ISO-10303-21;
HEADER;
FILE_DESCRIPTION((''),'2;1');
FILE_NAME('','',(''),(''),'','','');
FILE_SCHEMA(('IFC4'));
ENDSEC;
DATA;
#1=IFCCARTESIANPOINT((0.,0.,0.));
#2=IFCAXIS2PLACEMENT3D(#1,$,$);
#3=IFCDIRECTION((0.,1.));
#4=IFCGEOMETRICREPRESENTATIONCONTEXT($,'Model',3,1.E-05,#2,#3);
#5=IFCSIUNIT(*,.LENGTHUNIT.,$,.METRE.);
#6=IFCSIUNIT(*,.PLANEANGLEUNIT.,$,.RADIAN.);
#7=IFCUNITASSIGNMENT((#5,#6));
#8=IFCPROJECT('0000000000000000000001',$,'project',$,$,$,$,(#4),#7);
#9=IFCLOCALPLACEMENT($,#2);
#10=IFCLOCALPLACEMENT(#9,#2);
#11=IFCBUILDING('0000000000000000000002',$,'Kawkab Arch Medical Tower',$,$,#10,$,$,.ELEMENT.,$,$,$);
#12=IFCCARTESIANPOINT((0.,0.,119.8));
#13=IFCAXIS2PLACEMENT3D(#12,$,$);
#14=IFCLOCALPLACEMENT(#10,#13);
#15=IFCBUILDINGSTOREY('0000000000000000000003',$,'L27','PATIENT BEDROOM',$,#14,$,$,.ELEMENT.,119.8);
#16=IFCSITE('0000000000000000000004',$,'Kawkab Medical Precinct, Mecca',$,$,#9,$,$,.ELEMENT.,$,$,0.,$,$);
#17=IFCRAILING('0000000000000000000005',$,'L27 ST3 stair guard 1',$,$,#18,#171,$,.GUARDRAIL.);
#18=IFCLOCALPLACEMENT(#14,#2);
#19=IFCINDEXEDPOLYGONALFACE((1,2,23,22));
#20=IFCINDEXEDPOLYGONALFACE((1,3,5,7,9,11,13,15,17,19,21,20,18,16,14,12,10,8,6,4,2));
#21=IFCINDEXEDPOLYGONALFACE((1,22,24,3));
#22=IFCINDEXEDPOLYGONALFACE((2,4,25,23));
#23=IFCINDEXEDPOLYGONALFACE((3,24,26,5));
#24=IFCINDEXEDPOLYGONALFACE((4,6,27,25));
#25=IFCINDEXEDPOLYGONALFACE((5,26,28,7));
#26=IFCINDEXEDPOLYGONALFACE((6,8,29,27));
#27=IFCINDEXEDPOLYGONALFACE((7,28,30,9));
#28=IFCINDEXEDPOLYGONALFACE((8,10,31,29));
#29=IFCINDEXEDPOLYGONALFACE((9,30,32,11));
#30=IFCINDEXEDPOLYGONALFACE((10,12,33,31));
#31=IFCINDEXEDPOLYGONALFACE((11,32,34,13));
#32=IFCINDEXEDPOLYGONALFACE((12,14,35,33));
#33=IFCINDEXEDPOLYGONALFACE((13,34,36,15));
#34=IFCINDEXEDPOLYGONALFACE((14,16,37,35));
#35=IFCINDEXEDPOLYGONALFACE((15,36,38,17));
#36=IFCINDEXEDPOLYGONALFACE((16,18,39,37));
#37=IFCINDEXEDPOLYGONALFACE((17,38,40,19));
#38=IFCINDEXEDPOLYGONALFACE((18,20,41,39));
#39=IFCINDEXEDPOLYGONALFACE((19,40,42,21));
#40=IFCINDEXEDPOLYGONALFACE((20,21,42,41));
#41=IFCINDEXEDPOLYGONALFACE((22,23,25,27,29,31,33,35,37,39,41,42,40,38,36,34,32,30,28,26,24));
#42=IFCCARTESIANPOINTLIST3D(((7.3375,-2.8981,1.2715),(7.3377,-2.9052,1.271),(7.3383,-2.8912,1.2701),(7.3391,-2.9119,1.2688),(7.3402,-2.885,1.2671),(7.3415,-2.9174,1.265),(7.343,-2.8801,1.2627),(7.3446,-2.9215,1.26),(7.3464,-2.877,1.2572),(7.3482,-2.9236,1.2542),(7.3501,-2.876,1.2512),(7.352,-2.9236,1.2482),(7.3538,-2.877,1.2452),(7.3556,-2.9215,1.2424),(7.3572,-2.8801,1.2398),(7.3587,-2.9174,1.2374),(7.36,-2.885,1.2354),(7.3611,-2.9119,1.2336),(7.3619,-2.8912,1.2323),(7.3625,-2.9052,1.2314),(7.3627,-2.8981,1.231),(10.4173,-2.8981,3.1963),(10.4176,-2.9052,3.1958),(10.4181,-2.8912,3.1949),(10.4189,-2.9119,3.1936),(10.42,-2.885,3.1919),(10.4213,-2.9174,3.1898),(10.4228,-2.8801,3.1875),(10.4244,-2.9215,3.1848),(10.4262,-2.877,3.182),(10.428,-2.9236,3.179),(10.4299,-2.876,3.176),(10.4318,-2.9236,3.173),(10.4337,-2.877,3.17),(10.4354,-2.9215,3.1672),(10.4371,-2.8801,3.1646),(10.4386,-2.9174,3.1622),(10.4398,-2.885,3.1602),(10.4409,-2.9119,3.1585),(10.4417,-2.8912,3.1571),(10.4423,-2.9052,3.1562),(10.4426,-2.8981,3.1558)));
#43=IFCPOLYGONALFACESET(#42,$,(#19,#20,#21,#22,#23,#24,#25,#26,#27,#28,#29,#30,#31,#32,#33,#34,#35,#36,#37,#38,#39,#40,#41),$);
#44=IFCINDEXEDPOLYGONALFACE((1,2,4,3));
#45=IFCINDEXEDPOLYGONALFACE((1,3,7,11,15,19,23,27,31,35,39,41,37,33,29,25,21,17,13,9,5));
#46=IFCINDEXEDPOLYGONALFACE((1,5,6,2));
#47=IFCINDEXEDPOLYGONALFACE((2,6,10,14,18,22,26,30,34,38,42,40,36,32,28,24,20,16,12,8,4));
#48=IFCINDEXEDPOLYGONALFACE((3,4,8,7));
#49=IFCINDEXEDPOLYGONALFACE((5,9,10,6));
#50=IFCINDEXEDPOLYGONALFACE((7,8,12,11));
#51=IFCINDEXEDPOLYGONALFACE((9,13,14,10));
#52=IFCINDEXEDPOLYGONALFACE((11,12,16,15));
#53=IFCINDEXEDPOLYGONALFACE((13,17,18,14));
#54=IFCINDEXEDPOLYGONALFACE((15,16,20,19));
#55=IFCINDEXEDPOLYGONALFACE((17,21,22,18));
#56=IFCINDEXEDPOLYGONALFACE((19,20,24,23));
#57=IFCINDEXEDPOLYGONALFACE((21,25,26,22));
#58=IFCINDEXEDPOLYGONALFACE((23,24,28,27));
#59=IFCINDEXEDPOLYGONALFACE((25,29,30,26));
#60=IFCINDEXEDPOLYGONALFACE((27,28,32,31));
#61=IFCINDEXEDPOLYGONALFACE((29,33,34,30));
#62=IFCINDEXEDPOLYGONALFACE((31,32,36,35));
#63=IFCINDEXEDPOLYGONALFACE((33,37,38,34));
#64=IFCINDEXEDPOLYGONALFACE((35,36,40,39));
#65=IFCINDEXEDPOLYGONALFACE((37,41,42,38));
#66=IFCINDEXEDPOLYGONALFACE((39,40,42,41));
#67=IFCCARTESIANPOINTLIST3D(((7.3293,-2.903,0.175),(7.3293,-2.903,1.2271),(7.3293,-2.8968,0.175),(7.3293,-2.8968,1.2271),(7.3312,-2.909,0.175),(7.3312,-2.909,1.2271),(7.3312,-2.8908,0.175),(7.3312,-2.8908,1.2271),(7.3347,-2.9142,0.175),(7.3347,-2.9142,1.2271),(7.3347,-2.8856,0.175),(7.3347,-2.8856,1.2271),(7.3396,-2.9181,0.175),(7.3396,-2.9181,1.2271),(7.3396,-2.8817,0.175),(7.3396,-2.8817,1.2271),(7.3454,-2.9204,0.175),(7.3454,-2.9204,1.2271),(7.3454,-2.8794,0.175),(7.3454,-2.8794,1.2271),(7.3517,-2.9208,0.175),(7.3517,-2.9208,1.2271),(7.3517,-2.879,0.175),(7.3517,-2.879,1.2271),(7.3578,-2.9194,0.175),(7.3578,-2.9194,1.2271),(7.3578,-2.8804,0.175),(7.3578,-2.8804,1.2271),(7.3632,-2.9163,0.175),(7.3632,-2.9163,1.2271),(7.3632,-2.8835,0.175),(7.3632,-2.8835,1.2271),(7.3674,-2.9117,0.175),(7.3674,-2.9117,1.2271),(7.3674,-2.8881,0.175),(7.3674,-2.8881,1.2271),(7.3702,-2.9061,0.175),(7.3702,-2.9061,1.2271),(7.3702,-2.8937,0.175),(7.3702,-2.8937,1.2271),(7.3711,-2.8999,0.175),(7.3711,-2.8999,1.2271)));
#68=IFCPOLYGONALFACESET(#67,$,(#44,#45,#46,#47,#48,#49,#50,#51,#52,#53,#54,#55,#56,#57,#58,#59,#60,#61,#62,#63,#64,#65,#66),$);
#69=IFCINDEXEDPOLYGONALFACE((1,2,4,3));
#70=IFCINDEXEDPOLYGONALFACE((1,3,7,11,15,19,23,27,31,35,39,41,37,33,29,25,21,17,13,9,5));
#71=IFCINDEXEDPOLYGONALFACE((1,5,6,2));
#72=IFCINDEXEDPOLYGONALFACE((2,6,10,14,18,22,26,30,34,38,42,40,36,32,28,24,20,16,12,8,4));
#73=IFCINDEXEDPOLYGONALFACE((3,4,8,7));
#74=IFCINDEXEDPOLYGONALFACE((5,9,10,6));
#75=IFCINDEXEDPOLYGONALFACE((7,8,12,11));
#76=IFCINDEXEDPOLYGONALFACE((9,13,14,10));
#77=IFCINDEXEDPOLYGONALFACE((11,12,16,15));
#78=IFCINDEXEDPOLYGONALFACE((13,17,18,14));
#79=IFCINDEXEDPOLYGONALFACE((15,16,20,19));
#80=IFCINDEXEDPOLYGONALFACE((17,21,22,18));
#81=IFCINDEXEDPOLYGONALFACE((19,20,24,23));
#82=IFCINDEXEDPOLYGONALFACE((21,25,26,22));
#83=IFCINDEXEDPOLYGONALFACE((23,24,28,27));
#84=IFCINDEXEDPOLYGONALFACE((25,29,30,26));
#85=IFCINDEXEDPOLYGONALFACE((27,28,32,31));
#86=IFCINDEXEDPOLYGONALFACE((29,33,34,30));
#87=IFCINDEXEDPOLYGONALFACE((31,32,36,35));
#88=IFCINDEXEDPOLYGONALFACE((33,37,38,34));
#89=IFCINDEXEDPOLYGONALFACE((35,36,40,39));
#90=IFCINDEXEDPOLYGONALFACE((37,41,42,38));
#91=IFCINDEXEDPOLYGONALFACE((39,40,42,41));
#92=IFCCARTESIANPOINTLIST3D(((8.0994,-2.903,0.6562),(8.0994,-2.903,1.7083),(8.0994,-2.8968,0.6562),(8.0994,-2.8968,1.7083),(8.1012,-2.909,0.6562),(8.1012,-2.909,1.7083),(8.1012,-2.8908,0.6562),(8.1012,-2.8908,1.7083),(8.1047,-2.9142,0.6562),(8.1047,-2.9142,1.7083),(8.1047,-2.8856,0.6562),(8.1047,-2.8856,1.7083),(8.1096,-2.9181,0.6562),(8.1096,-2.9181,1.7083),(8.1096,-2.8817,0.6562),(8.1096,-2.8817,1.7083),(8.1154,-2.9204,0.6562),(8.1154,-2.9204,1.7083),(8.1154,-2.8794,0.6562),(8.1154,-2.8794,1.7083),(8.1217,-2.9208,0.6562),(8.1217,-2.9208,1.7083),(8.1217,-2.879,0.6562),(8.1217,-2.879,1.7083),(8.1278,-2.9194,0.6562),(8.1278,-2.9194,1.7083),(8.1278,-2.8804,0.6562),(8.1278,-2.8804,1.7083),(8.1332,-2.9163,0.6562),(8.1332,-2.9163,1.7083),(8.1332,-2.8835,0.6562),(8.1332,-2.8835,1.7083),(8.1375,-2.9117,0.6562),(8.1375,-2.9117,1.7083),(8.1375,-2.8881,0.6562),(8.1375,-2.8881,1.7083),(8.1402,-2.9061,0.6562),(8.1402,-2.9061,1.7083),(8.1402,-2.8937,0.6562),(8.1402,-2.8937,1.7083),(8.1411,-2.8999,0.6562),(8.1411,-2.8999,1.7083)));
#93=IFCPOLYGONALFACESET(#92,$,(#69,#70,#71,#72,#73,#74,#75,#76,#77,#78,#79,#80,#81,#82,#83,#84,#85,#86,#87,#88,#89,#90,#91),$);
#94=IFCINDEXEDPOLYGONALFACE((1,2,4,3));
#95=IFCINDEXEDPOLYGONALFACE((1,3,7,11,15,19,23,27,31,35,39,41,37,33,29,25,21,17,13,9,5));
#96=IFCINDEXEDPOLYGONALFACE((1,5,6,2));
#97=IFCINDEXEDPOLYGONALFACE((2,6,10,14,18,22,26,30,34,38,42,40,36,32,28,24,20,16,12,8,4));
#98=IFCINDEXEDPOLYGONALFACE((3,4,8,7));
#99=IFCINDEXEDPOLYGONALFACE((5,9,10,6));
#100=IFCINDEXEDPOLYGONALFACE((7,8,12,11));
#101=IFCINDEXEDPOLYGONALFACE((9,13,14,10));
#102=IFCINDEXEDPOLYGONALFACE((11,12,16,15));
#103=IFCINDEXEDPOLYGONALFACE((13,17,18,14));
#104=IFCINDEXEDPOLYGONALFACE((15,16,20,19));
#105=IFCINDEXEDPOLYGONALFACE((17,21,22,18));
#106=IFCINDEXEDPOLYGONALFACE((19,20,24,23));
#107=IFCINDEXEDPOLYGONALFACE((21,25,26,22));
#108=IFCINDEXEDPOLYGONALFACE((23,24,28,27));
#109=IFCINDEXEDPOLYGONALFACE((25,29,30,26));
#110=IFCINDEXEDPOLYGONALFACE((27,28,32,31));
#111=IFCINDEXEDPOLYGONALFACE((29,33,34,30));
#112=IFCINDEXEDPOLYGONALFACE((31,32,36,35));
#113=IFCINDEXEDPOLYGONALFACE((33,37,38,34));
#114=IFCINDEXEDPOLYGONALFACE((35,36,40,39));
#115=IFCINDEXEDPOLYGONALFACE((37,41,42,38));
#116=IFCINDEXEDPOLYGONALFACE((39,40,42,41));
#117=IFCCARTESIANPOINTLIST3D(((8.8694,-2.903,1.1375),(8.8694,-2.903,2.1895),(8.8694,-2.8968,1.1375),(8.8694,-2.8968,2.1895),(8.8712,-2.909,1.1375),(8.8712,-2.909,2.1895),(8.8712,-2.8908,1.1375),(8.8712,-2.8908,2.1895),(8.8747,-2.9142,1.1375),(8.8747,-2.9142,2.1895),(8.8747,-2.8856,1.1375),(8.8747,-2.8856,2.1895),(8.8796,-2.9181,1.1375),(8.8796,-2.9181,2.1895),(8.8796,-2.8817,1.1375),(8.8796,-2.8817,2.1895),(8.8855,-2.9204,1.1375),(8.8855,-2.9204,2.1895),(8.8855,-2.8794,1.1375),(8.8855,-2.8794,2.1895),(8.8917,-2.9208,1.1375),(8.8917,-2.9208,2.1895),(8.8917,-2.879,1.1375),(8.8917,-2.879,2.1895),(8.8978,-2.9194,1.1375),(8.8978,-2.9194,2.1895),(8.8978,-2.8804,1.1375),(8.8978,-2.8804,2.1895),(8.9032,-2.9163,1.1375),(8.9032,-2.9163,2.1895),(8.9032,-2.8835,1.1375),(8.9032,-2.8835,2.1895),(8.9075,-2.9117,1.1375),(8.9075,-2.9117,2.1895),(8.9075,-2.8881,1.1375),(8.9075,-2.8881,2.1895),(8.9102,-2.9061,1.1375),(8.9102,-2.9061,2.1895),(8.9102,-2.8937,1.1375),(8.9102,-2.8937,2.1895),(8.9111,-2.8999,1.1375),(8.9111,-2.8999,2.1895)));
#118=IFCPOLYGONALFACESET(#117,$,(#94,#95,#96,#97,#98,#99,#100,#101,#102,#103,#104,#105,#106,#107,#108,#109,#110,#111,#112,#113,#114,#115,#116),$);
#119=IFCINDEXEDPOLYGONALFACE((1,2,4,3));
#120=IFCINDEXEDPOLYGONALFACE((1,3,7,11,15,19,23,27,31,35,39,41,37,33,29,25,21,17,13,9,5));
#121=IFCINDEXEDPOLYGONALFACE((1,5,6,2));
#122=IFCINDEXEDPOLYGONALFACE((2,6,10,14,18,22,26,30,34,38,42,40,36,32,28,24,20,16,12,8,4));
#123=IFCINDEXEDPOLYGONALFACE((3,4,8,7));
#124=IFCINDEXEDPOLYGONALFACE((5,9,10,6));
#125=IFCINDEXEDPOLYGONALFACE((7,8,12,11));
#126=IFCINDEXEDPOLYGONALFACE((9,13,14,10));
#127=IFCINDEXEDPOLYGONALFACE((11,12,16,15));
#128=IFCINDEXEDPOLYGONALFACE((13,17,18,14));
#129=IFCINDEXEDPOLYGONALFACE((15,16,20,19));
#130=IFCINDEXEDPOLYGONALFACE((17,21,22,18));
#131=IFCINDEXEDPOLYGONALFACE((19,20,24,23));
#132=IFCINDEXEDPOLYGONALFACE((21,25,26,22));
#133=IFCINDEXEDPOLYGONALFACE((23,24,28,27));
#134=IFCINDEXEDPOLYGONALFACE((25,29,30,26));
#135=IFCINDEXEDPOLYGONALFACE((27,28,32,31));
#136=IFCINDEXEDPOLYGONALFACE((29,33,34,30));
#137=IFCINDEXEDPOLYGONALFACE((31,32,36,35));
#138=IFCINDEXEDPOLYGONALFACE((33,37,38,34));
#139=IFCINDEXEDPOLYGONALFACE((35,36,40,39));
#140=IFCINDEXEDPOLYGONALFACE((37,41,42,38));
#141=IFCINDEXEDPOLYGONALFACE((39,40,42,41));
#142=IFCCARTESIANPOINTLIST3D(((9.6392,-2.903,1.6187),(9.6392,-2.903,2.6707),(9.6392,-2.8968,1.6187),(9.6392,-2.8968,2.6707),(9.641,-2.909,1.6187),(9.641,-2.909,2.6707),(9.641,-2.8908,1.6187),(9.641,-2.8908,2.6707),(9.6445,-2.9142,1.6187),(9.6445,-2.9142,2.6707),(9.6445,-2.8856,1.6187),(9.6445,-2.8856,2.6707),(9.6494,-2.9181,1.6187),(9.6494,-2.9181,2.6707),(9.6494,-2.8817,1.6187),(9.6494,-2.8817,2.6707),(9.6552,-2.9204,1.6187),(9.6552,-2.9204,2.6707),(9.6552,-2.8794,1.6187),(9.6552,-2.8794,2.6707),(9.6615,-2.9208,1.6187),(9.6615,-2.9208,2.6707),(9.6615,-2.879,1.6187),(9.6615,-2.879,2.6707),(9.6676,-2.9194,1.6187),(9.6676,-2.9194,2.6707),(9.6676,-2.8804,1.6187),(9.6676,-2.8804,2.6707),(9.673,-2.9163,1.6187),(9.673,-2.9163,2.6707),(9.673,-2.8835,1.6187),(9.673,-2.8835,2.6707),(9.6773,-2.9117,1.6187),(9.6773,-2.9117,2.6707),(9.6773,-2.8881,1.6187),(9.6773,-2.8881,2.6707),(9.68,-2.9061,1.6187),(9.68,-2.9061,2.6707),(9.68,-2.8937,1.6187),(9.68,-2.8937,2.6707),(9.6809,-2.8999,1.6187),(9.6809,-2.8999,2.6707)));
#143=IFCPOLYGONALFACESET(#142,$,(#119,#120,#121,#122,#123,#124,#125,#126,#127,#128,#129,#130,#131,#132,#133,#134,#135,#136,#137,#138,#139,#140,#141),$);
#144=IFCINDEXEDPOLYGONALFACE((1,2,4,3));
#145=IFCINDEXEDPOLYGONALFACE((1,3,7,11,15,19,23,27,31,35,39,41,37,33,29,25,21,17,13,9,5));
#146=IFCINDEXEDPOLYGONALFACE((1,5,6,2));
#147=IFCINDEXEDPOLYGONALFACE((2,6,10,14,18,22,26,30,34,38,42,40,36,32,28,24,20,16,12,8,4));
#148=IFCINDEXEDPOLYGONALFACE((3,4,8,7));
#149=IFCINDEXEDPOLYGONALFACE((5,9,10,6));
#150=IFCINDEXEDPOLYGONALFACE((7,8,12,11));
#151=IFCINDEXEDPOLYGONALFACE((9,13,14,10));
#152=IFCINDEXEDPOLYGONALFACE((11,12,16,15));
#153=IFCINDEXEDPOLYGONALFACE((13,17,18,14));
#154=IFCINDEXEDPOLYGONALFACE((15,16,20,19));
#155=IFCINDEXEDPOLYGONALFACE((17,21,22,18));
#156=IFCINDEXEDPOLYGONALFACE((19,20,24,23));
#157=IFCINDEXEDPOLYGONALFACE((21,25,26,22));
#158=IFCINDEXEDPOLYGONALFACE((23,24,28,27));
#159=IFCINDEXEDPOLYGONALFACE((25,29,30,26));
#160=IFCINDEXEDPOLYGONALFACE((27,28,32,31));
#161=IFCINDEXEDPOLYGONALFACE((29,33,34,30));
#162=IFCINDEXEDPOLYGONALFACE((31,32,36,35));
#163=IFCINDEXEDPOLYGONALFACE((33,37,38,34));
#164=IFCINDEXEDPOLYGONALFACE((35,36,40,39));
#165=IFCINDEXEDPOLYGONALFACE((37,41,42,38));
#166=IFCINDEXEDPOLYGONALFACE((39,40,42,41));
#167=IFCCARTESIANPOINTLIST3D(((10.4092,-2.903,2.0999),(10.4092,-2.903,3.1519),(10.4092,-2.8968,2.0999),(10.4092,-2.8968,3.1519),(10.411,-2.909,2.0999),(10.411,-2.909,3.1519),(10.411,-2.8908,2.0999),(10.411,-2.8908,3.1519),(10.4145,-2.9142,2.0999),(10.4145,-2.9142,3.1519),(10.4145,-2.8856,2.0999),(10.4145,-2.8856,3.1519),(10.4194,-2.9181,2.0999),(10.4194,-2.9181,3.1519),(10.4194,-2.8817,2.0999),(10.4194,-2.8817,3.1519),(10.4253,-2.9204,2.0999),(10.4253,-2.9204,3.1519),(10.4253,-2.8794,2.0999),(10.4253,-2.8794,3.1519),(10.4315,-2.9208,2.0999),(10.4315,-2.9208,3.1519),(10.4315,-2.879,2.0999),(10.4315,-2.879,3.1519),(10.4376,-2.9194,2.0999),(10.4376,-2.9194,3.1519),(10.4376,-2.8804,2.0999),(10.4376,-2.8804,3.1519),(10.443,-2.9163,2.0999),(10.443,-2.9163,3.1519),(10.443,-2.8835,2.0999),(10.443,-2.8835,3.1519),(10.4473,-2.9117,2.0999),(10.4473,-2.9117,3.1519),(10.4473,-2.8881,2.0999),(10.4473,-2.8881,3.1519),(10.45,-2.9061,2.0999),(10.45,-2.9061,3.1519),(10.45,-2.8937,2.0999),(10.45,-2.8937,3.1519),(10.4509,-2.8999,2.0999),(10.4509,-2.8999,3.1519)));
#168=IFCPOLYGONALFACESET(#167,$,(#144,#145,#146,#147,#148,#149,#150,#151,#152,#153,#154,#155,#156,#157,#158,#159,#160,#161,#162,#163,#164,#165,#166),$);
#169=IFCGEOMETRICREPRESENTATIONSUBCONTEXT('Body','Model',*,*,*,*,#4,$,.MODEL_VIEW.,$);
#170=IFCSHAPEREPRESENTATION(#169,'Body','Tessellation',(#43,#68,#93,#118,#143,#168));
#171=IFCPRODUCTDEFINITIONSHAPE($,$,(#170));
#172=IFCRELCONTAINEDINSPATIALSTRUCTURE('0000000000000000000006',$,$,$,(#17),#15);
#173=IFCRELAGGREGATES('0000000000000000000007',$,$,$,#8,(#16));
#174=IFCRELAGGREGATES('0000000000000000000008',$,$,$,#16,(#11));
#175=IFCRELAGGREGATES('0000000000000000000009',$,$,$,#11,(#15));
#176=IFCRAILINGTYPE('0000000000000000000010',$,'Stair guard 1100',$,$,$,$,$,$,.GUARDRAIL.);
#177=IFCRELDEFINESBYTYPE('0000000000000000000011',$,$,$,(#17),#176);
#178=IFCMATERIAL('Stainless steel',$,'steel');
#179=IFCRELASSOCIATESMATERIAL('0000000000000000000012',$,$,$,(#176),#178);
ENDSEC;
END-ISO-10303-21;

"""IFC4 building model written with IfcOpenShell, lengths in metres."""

from ifc_helpers import new_model, si_unit, direction, frame, origin, origin_2d, place, context, subcontext, project, spatial, circle, extrude, material, type_object, element, save


model = new_model("IFC4")

# Units and contexts
model_context = context("Model", 3, precision=1e-05, world=origin(), true_north=direction((0.0, 1.0)))
body_context = subcontext(model_context, "Body", "Model", "MODEL_VIEW")
ifc_project = project(units=[si_unit("LENGTHUNIT", "METRE"), si_unit("PLANEANGLEUNIT", "RADIAN")], contexts=[model_context])

# Site, building, storey
site_placement = place(None, origin())
site = spatial("IfcSite", under=ifc_project, at=site_placement, Name="Kawkab Medical Precinct, Mecca", CompositionType="ELEMENT", RefElevation=0.0)
building_placement = place(site_placement, origin())
building = spatial("IfcBuilding", under=site, at=building_placement, Name="Kawkab Arch Medical Tower", CompositionType="ELEMENT")
storey_placement = place(building_placement, frame((0.0, 0.0, 119.8)))
storey = spatial("IfcBuildingStorey", under=building, at=storey_placement, Name="L27", Description="PATIENT BEDROOM", CompositionType="ELEMENT", Elevation=119.8)

# Railing
ifc_material_1 = material(Name="Stainless steel", Category="steel")
railing_type_1 = type_object("IfcRailingType", Name="Stair guard 1100", PredefinedType="GUARDRAIL", material=ifc_material_1)
railing_1_placement = place(storey_placement, frame((7.3501, -2.8999, 0.175)))
element("IfcRailing", 1, at=railing_1_placement, inside=storey, type_object=railing_type_1, Name="L27 ST3 stair guard 1", PredefinedType="GUARDRAIL", context=body_context, shape_type="SweptSolid", body=[
    extrude(circle(Radius=0.0239, at=origin_2d()), frame((0.0, 0.0, 1.0762), z_axis=(0.84801, 0.0, 0.529981), x_axis=(0.0, 1.0, 0.0)), (0.0, 0.0, 1.0), 3.6318),
    extrude(circle(Radius=0.021, at=origin_2d()), origin(), (0.0, 0.0, 1.0), 1.052),
    extrude(circle(Radius=0.021, at=origin_2d()), frame((0.77, 0.0, 0.4812)), (0.0, 0.0, 1.0), 1.052),
    extrude(circle(Radius=0.021, at=origin_2d()), frame((1.54, 0.0, 0.9624)), (0.0, 0.0, 1.0), 1.052),
    extrude(circle(Radius=0.021, at=origin_2d()), frame((2.3098, 0.0, 1.4436)), (0.0, 0.0, 1.0), 1.052),
    extrude(circle(Radius=0.021, at=origin_2d()), frame((3.0798, 0.0, 1.9248)), (0.0, 0.0, 1.0), 1.052),
])

save(model, "model.ifc")
